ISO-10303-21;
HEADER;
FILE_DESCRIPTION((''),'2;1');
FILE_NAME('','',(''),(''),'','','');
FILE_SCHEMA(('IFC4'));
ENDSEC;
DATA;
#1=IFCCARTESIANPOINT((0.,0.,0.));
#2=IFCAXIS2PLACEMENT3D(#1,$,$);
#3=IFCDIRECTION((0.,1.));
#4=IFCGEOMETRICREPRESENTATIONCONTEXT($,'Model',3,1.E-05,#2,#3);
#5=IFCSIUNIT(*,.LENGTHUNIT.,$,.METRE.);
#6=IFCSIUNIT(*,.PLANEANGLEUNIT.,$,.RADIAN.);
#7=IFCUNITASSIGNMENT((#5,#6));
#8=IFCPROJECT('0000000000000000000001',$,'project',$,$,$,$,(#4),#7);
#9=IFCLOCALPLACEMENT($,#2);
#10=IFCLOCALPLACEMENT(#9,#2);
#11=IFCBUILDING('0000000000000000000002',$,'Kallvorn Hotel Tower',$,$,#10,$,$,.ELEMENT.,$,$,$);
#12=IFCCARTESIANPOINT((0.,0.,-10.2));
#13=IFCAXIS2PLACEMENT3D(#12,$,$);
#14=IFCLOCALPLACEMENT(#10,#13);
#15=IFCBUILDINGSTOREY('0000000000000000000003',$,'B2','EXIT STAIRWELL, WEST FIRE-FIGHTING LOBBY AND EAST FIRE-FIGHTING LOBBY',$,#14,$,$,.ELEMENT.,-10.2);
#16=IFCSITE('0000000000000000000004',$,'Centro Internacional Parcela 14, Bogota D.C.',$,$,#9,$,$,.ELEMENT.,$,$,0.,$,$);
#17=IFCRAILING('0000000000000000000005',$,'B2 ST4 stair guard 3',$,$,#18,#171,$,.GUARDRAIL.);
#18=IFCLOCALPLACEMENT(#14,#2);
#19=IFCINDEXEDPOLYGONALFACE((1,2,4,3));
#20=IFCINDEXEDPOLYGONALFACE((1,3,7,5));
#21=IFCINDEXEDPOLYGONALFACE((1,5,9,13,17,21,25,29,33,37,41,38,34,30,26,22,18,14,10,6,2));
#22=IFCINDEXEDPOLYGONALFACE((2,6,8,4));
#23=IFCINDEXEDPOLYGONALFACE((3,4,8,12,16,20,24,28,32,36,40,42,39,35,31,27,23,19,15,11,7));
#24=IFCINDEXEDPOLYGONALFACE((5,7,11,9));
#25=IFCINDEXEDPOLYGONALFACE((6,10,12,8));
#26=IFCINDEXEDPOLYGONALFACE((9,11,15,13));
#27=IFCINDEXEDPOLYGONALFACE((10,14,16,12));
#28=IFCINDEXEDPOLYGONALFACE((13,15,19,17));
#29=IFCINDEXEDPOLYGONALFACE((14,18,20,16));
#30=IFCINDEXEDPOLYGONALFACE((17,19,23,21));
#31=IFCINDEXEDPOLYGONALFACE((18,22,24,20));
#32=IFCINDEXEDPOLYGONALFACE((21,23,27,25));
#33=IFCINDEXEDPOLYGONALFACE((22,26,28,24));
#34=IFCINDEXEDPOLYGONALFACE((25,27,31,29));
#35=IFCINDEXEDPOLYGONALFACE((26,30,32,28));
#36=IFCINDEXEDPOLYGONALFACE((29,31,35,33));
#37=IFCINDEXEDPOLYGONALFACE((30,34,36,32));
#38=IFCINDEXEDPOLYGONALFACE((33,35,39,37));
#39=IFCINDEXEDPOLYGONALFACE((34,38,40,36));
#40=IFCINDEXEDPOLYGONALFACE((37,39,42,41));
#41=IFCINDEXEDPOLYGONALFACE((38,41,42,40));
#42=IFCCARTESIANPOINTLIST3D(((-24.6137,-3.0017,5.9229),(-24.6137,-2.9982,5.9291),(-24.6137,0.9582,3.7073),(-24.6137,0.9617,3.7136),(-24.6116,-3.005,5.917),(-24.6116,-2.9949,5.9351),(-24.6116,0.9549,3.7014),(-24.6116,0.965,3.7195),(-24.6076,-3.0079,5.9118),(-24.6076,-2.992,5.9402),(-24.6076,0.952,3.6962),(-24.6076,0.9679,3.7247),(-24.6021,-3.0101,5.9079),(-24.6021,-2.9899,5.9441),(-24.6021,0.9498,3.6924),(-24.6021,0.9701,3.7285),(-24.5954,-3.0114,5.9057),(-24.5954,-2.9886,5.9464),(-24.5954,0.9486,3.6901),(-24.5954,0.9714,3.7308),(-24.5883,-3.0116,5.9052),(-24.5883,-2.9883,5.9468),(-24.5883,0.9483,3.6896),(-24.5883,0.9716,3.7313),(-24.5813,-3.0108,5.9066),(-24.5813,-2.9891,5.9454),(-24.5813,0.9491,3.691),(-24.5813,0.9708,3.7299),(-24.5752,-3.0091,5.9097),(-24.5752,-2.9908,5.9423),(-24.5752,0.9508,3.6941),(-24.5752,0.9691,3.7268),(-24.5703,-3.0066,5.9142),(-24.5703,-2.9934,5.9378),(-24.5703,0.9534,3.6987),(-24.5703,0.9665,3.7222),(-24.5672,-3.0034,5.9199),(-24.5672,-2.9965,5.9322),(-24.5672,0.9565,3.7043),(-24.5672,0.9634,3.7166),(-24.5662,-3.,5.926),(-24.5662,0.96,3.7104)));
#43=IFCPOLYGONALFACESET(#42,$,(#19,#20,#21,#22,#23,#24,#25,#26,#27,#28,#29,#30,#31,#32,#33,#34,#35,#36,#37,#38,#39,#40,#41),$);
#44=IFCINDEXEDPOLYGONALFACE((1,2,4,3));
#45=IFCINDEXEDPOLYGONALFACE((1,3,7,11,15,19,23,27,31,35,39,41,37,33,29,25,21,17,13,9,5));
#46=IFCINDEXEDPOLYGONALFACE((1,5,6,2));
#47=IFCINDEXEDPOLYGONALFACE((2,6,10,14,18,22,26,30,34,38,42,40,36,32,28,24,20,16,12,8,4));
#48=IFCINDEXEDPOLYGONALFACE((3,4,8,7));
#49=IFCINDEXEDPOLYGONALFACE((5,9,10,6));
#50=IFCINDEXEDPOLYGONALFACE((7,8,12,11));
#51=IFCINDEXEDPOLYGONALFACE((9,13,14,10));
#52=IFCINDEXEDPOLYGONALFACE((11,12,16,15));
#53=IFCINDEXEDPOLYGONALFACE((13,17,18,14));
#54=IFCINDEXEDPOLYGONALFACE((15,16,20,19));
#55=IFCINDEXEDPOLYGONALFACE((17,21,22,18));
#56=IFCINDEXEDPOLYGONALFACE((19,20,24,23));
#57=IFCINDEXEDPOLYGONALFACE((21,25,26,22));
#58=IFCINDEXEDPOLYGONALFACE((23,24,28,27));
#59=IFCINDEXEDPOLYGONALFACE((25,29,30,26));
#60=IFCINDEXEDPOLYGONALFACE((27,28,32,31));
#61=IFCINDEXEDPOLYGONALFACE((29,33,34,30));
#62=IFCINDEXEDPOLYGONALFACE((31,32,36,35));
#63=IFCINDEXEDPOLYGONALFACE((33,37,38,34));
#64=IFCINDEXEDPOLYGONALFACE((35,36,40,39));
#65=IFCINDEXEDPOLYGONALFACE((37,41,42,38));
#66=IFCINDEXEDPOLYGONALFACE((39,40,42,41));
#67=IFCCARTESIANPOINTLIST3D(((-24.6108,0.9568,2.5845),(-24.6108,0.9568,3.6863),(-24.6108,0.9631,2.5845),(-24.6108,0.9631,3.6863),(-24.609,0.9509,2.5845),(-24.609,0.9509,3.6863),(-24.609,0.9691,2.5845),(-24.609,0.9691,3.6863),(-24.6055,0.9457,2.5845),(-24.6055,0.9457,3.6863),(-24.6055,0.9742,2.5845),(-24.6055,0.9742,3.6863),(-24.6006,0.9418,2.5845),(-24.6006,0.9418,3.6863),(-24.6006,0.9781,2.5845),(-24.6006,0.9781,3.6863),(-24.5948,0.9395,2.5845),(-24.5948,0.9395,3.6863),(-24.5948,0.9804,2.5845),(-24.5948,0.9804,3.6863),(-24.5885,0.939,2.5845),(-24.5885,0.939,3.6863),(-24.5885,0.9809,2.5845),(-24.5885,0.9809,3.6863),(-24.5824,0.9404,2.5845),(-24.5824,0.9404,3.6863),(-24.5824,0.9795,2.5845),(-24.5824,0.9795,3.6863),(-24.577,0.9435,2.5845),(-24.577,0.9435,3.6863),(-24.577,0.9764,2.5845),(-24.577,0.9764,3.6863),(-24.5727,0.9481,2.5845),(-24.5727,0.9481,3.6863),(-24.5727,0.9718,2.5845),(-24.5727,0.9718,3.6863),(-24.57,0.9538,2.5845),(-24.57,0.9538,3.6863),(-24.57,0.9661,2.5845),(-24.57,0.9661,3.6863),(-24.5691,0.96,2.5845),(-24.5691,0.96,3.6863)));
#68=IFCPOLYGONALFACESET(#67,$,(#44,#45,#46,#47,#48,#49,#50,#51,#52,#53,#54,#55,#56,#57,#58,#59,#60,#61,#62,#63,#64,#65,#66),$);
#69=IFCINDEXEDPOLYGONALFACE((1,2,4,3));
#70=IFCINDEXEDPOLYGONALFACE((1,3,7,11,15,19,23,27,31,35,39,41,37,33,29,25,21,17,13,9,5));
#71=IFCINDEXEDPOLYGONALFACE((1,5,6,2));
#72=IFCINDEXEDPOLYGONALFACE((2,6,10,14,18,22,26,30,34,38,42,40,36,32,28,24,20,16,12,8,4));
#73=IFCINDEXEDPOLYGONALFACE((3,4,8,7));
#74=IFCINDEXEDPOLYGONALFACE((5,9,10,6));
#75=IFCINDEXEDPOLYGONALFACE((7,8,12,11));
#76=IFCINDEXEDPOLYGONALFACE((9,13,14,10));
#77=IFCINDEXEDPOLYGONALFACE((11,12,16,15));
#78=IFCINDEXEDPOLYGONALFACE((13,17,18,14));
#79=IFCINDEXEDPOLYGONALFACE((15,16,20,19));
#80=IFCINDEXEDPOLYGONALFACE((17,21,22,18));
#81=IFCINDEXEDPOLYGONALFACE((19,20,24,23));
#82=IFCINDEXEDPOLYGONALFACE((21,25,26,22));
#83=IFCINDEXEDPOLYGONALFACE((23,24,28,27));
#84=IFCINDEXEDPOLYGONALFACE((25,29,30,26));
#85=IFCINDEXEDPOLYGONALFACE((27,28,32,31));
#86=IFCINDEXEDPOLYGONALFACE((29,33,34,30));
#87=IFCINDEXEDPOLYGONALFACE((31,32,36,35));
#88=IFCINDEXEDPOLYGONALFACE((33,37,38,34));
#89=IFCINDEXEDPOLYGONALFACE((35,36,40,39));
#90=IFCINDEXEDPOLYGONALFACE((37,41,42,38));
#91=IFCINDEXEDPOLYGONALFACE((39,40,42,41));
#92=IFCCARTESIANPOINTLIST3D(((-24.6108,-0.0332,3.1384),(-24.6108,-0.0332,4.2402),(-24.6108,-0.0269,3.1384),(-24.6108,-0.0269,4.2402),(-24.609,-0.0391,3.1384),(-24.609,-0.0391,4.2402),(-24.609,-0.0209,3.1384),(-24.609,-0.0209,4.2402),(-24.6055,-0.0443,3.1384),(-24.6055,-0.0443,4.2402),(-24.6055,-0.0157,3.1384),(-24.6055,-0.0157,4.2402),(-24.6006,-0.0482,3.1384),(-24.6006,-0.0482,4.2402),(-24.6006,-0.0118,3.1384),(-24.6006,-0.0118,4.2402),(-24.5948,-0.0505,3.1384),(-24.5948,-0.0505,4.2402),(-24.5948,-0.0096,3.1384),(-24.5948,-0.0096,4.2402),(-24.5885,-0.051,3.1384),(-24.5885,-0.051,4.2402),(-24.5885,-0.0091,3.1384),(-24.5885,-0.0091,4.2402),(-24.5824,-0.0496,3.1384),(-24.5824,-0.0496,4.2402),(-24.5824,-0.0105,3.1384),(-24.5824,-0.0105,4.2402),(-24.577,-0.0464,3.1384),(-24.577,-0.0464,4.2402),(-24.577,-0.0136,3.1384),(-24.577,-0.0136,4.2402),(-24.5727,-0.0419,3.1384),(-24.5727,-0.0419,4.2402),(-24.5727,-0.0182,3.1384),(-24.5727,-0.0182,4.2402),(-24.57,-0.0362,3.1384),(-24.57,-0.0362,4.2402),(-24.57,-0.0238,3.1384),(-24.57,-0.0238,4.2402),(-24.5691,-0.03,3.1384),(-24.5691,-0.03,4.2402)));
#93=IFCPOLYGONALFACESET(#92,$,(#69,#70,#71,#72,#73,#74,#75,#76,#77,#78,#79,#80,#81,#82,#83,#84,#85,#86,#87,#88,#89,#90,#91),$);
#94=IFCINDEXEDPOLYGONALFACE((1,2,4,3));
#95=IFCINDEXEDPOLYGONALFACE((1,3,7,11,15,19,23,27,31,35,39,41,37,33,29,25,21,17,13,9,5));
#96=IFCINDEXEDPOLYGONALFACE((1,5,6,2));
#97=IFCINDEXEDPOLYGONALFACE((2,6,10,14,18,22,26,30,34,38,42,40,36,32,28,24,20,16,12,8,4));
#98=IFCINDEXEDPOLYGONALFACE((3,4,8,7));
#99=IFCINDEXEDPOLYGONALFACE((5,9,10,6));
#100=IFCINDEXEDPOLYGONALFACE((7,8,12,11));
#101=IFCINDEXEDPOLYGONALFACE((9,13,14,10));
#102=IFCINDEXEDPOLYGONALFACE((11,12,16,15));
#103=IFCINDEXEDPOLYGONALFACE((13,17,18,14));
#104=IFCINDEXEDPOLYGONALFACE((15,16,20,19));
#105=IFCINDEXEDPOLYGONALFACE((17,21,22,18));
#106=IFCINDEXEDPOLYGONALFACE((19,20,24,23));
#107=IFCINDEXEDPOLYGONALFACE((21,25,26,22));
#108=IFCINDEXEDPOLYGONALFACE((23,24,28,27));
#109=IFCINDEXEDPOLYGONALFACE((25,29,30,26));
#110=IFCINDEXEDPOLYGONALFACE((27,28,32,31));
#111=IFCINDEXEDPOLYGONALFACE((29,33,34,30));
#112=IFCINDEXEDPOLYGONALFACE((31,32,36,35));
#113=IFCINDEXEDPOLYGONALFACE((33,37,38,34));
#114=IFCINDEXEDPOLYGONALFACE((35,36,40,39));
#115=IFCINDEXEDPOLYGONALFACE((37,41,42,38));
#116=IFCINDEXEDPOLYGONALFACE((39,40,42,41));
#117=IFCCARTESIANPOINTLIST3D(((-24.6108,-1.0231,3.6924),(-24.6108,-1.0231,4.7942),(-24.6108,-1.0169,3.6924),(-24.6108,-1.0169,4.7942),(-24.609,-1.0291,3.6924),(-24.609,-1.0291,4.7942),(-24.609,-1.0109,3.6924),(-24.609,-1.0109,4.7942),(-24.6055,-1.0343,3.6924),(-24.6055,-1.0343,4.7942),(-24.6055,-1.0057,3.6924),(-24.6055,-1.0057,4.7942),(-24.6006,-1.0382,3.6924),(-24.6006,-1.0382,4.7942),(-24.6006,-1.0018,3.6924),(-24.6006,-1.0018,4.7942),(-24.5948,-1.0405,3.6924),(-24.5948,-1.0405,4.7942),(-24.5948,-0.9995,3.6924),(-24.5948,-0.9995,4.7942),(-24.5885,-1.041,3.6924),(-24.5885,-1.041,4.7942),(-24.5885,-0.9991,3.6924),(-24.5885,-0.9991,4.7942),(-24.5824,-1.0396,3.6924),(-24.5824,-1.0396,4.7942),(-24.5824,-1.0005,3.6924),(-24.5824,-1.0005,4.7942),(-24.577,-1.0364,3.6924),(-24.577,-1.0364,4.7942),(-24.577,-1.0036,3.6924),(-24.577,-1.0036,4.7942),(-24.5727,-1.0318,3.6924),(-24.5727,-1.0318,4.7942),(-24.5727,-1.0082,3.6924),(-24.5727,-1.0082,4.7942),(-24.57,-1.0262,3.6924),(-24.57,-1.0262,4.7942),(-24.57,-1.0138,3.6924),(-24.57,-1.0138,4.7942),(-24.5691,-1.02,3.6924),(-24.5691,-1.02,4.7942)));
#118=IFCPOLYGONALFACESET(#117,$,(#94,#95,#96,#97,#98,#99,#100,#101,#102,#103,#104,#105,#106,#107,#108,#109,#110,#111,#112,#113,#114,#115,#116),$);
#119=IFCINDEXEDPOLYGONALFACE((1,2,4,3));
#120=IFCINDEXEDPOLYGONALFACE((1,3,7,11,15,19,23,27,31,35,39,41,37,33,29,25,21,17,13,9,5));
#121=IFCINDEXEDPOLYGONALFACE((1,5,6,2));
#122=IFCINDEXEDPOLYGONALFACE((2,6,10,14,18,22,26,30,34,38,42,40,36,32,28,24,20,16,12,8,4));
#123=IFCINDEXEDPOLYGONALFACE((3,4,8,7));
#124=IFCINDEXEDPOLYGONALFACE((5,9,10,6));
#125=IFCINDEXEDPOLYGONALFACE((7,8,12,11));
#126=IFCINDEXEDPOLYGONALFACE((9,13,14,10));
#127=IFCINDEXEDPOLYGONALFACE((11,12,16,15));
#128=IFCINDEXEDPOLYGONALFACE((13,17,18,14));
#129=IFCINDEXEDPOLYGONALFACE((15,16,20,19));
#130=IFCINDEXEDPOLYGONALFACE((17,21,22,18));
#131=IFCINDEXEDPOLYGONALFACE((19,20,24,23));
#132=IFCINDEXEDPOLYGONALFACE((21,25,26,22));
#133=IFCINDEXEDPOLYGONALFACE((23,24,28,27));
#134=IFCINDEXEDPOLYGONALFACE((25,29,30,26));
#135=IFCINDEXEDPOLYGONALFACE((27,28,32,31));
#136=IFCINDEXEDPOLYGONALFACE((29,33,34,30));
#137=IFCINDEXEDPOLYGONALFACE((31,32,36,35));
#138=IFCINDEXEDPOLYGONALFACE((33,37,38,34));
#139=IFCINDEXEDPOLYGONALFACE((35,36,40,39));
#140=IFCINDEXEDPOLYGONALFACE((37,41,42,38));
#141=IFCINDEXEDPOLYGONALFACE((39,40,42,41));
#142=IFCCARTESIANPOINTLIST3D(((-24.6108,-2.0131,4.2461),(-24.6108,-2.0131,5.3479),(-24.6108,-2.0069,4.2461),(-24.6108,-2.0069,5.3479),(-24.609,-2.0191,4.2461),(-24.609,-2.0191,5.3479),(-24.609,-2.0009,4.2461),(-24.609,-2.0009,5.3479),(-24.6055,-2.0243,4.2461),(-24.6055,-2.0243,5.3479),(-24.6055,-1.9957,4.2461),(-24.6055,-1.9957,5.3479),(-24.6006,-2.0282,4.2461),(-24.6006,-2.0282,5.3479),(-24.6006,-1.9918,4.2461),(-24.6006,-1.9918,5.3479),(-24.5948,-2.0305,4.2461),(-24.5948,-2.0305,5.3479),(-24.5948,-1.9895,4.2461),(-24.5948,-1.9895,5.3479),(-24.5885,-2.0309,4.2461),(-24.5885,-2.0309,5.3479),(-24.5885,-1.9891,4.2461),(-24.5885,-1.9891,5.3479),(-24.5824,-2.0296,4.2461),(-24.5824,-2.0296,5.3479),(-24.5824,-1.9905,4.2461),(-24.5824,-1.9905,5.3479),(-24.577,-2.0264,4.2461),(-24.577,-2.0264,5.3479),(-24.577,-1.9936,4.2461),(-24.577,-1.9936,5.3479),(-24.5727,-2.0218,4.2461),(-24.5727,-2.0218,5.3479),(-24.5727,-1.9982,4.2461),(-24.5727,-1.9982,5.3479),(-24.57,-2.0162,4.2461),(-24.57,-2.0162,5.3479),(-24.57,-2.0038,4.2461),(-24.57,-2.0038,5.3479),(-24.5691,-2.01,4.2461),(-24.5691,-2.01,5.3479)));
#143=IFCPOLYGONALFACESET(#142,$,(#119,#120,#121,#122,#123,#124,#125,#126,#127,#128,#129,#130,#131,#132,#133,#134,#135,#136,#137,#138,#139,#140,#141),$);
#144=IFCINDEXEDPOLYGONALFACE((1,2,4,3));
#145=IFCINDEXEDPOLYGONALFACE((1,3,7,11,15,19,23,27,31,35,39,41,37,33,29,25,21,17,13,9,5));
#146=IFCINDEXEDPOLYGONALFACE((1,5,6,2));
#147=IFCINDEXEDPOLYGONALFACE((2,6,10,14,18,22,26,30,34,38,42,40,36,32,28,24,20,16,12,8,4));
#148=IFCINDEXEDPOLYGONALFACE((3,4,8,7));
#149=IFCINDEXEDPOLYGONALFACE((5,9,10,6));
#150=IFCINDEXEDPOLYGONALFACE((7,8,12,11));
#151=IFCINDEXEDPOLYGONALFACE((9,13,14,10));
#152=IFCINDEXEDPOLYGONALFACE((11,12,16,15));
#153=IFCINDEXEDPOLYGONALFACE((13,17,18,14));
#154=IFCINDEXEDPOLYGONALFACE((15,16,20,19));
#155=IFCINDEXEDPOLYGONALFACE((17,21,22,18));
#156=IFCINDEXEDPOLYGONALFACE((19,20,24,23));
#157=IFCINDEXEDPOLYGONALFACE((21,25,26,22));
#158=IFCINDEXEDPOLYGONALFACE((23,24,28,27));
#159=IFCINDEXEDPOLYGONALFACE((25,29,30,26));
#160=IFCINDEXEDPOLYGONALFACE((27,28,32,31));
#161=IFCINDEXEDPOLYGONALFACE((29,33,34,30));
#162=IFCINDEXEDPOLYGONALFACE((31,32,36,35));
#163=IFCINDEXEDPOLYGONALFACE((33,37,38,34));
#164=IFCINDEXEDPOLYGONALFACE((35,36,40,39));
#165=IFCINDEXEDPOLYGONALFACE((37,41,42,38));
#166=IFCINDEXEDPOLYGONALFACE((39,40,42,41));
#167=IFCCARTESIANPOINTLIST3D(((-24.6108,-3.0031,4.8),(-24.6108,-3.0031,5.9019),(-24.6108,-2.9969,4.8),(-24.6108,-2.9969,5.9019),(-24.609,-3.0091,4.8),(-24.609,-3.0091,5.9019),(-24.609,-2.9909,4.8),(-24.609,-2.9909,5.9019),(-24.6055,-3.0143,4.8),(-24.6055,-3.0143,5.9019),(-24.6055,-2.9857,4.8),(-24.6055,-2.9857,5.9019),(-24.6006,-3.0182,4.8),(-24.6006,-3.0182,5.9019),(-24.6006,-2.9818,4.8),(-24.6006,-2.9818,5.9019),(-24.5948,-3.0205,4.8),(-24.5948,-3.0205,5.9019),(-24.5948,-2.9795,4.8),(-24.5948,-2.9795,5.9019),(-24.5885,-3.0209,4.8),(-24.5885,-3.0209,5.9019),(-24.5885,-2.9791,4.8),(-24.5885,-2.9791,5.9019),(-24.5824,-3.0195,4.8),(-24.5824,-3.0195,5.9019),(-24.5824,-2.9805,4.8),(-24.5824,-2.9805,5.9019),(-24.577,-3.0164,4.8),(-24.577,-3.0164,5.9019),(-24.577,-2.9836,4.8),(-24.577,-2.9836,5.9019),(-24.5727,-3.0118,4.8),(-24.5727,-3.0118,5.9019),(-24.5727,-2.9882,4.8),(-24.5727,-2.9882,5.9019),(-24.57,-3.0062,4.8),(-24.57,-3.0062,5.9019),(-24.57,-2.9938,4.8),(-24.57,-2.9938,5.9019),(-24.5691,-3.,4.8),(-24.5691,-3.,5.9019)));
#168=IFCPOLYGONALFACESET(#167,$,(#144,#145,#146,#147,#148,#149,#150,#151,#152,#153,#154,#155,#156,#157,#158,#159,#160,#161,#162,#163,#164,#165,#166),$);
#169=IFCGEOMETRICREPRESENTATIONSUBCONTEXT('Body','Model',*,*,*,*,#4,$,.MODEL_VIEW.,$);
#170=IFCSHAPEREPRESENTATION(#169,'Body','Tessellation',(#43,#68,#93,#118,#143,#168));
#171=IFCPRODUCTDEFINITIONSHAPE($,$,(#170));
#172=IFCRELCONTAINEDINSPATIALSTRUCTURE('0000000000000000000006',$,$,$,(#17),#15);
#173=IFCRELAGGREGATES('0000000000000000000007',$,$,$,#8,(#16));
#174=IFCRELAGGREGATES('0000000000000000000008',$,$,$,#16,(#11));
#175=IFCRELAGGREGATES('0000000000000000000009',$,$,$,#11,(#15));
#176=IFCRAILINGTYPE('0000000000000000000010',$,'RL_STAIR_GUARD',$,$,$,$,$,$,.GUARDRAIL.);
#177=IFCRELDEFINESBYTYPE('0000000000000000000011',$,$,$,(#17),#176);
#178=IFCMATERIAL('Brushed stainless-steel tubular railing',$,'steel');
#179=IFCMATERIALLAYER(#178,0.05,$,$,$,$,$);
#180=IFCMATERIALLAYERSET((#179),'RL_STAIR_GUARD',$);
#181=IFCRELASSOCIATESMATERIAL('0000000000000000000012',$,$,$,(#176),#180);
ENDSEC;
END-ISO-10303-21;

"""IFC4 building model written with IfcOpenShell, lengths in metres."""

from ifc_helpers import new_model, si_unit, direction, frame, origin, origin_2d, place, context, subcontext, project, spatial, circle, extrude, material, layer, layer_set, type_object, element, save


model = new_model("IFC4")

# Units and contexts
model_context = context("Model", 3, precision=1e-05, world=origin(), true_north=direction((0.0, 1.0)))
body_context = subcontext(model_context, "Body", "Model", "MODEL_VIEW")
ifc_project = project(units=[si_unit("LENGTHUNIT", "METRE"), si_unit("PLANEANGLEUNIT", "RADIAN")], contexts=[model_context])

# Site, building, storey
site_placement = place(None, origin())
site = spatial("IfcSite", under=ifc_project, at=site_placement, Name="Centro Internacional Parcela 14, Bogota D.C.", CompositionType="ELEMENT", RefElevation=0.0)
building_placement = place(site_placement, origin())
building = spatial("IfcBuilding", under=site, at=building_placement, Name="Kallvorn Hotel Tower", CompositionType="ELEMENT")
storey_placement = place(building_placement, frame((0.0, 0.0, -10.2)))
storey = spatial("IfcBuildingStorey", under=building, at=storey_placement, Name="B2", Description="EXIT STAIRWELL, WEST FIRE-FIGHTING LOBBY AND EAST FIRE-FIGHTING LOBBY", CompositionType="ELEMENT", Elevation=-10.2)

# Railing
ifc_material_1 = material(Name="Brushed stainless-steel tubular railing", Category="steel")
ifc_layer_1 = layer(ifc_material_1, 0.05)
ifc_layer_set_1 = layer_set([ifc_layer_1], Name="RL_STAIR_GUARD")
railing_type_1 = type_object("IfcRailingType", Name="RL_STAIR_GUARD", PredefinedType="GUARDRAIL", material=ifc_layer_set_1)
railing_1_placement = place(storey_placement, frame((-24.5901, 0.96, 2.5845)))
element("IfcRailing", 1, at=railing_1_placement, inside=storey, type_object=railing_type_1, Name="B2 ST4 stair guard 3", PredefinedType="GUARDRAIL", context=body_context, shape_type="SweptSolid", body=[
    extrude(circle(Radius=0.0239, at=origin_2d()), frame((0.0, 0.0, 1.126), z_axis=(0.0, -0.872694, 0.488267), x_axis=(1.0, 0.0, 0.0)), (0.0, 0.0, 1.0), 4.5376),
    extrude(circle(Radius=0.021, at=origin_2d()), origin(), (0.0, 0.0, 1.0), 1.1018),
    extrude(circle(Radius=0.021, at=origin_2d()), frame((0.0, -0.99, 0.554)), (0.0, 0.0, 1.0), 1.1018),
    extrude(circle(Radius=0.021, at=origin_2d()), frame((0.0, -1.98, 1.1079)), (0.0, 0.0, 1.0), 1.1018),
    extrude(circle(Radius=0.021, at=origin_2d()), frame((0.0, -2.97, 1.6616)), (0.0, 0.0, 1.0), 1.1018),
    extrude(circle(Radius=0.021, at=origin_2d()), frame((0.0, -3.96, 2.2156)), (0.0, 0.0, 1.0), 1.1018),
])

save(model, "model.ifc")
